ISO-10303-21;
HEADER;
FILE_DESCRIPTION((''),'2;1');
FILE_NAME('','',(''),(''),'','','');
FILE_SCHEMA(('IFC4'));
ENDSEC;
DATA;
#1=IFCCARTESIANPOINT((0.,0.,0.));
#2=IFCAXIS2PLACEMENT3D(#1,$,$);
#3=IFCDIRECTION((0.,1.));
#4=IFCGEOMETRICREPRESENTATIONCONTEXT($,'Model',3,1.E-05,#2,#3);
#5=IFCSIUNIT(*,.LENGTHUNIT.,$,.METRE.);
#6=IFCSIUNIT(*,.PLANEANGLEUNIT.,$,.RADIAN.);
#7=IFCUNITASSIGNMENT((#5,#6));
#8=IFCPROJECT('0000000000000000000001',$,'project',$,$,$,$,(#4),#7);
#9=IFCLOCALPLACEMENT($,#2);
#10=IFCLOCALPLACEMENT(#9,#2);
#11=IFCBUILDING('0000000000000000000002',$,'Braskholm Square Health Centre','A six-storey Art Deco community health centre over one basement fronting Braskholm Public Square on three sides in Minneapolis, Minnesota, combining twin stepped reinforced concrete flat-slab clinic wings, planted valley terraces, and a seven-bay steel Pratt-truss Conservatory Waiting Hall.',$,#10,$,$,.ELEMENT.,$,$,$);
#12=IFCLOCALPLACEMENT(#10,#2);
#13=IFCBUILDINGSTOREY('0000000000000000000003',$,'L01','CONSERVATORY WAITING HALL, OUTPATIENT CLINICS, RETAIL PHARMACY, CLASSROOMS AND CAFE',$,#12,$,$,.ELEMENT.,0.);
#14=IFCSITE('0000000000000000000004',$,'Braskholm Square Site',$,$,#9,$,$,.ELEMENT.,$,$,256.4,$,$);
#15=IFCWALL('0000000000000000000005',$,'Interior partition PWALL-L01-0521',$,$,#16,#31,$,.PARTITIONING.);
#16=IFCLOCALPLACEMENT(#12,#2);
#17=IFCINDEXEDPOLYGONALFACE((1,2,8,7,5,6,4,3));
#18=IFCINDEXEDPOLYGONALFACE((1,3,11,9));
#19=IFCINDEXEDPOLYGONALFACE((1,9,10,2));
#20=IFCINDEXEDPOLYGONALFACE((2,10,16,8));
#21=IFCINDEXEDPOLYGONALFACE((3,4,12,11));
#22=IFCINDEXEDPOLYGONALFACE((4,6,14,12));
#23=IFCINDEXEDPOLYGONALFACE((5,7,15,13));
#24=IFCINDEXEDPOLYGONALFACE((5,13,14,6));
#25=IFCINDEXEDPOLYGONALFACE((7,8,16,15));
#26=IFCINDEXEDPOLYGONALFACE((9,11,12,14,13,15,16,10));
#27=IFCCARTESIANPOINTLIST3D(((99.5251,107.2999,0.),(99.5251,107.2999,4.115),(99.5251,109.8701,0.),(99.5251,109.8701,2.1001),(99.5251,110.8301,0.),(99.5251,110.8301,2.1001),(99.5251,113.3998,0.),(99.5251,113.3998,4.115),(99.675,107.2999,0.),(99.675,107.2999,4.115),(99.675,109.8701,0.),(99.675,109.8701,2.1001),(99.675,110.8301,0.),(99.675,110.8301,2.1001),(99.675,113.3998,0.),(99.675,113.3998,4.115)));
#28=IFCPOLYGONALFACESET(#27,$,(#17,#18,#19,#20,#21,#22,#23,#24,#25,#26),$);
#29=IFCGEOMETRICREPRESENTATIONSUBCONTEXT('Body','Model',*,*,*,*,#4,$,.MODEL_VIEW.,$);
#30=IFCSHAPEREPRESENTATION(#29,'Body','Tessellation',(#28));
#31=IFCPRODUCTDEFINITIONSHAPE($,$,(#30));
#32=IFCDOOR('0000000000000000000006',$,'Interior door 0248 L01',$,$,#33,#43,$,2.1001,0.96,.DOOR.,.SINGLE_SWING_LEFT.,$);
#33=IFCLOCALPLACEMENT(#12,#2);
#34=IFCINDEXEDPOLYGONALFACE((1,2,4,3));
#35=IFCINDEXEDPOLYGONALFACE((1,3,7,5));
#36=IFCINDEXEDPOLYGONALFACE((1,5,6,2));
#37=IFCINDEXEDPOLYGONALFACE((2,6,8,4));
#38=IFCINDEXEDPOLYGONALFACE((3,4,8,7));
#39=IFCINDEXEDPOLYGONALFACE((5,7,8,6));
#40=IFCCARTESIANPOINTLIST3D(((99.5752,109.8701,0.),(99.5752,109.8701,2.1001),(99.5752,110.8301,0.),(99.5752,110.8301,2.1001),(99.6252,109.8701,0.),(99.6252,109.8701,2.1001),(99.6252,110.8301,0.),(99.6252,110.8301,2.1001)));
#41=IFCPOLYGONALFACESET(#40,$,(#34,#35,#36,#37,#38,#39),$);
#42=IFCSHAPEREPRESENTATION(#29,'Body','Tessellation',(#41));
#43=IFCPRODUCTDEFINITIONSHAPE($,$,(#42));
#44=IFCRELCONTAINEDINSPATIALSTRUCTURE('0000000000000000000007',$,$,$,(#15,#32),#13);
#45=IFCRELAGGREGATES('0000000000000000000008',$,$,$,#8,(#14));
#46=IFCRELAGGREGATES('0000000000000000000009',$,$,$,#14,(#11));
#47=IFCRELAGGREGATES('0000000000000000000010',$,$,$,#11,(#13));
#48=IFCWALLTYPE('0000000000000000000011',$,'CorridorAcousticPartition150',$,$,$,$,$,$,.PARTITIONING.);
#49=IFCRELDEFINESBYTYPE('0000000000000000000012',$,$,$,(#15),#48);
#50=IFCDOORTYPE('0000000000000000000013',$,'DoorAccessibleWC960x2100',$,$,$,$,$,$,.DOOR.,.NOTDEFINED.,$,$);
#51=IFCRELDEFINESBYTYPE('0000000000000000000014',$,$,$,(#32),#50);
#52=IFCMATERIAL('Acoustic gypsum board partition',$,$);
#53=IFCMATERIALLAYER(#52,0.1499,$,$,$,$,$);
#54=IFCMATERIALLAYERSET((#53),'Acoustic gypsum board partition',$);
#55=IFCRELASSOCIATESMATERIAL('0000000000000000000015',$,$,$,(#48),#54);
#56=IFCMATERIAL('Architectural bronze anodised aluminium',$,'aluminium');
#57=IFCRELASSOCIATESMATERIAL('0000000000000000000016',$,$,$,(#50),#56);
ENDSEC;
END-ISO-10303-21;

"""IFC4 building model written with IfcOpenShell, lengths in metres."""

from ifc_helpers import new_model, si_unit, direction, frame, frame_2d, origin, origin_with_axes, place, context, subcontext, project, spatial, rectangle, extrude, material, layer, layer_set, type_object, element, fill, save


model = new_model("IFC4")

# Units and contexts
model_context = context("Model", 3, precision=1e-05, world=origin(), true_north=direction((0.0, 1.0)))
body_context = subcontext(model_context, "Body", "Model", "MODEL_VIEW")
ifc_project = project(units=[si_unit("LENGTHUNIT", "METRE"), si_unit("PLANEANGLEUNIT", "RADIAN")], contexts=[model_context])

# Site, building, storey
site_placement = place(None, origin())
site = spatial("IfcSite", under=ifc_project, at=site_placement, Name="Braskholm Square Site", CompositionType="ELEMENT", RefElevation=256.4)
building_placement = place(site_placement, origin())
building = spatial("IfcBuilding", under=site, at=building_placement, Name="Braskholm Square Health Centre", Description="A six-storey Art Deco community health centre over one basement fronting Braskholm Public Square on three sides in Minneapolis, Minnesota, combining twin stepped reinforced concrete flat-slab clinic wings, planted valley terraces, and a seven-bay steel Pratt-truss Conservatory Waiting Hall.", CompositionType="ELEMENT")
storey_placement = place(building_placement, origin())
storey = spatial("IfcBuildingStorey", under=building, at=storey_placement, Name="L01", Description="CONSERVATORY WAITING HALL, OUTPATIENT CLINICS, RETAIL PHARMACY, CLASSROOMS AND CAFE", CompositionType="ELEMENT", Elevation=0.0)

# Shared definitions
ifc_material_1 = material(Name="Architectural bronze anodised aluminium", Category="aluminium")

# Wall, opening, door
ifc_material_2 = material(Name="Acoustic gypsum board partition")
ifc_layer = layer(ifc_material_2, 0.1499)
ifc_layer_set = layer_set([ifc_layer], Name="Acoustic gypsum board partition")
wall_type = type_object("IfcWallType", Name="CorridorAcousticPartition150", PredefinedType="PARTITIONING", material=ifc_layer_set)
door_type = type_object("IfcDoorType", Name="DoorAccessibleWC960x2100", OperationType="NOTDEFINED", PredefinedType="DOOR", material=ifc_material_1)
wall_1_placement = place(storey_placement, frame((99.6001, 107.3, 0.0), z_axis=(0.0, 0.0, 1.0), x_axis=(0.0, 1.0, 0.0)))
wall_1 = element("IfcWall", 1, at=wall_1_placement, inside=storey, type_object=wall_type, Name="Interior partition PWALL-L01-0521", PredefinedType="PARTITIONING", context=body_context, shape_type="SweptSolid", body=[
    extrude(rectangle(XDim=6.0999, YDim=0.1499, at=frame_2d((3.0498, 0.0))), origin(), (0.0, 0.0, 1.0), 4.115),
])
opening_1_placement = place(wall_1_placement, frame((2.5701, 0.0, 0.0)))
opening_1 = element("IfcOpeningElement", 2, at=opening_1_placement, cuts=wall_1, PredefinedType="OPENING", context=body_context, shape_type="SweptSolid", body=[
    extrude(rectangle(XDim=0.96, YDim=2.1001, at=frame_2d((0.48, 1.05))), frame((0.0, 0.085, 0.0), z_axis=(0.0, -1.0, 0.0), x_axis=(1.0, 0.0, 0.0)), (0.0, 0.0, 1.0), 0.1699),
])
door_1_placement = place(opening_1_placement, origin_with_axes())
door_1 = element("IfcDoor", 3, at=door_1_placement, inside=storey, type_object=door_type, Name="Interior door 0248 L01", OperationType="SINGLE_SWING_LEFT", OverallHeight=2.1001, OverallWidth=0.96, PredefinedType="DOOR", context=body_context, shape_type="SweptSolid", body=[
    extrude(rectangle(XDim=0.96, YDim=2.1001, at=frame_2d((0.48, 1.05))), frame((0.0, 0.0249, 0.0), z_axis=(0.0, -1.0, 0.0), x_axis=(1.0, 0.0, 0.0)), (0.0, 0.0, 1.0), 0.05),
])
fill(opening_1, door_1)

save(model, "model.ifc")
